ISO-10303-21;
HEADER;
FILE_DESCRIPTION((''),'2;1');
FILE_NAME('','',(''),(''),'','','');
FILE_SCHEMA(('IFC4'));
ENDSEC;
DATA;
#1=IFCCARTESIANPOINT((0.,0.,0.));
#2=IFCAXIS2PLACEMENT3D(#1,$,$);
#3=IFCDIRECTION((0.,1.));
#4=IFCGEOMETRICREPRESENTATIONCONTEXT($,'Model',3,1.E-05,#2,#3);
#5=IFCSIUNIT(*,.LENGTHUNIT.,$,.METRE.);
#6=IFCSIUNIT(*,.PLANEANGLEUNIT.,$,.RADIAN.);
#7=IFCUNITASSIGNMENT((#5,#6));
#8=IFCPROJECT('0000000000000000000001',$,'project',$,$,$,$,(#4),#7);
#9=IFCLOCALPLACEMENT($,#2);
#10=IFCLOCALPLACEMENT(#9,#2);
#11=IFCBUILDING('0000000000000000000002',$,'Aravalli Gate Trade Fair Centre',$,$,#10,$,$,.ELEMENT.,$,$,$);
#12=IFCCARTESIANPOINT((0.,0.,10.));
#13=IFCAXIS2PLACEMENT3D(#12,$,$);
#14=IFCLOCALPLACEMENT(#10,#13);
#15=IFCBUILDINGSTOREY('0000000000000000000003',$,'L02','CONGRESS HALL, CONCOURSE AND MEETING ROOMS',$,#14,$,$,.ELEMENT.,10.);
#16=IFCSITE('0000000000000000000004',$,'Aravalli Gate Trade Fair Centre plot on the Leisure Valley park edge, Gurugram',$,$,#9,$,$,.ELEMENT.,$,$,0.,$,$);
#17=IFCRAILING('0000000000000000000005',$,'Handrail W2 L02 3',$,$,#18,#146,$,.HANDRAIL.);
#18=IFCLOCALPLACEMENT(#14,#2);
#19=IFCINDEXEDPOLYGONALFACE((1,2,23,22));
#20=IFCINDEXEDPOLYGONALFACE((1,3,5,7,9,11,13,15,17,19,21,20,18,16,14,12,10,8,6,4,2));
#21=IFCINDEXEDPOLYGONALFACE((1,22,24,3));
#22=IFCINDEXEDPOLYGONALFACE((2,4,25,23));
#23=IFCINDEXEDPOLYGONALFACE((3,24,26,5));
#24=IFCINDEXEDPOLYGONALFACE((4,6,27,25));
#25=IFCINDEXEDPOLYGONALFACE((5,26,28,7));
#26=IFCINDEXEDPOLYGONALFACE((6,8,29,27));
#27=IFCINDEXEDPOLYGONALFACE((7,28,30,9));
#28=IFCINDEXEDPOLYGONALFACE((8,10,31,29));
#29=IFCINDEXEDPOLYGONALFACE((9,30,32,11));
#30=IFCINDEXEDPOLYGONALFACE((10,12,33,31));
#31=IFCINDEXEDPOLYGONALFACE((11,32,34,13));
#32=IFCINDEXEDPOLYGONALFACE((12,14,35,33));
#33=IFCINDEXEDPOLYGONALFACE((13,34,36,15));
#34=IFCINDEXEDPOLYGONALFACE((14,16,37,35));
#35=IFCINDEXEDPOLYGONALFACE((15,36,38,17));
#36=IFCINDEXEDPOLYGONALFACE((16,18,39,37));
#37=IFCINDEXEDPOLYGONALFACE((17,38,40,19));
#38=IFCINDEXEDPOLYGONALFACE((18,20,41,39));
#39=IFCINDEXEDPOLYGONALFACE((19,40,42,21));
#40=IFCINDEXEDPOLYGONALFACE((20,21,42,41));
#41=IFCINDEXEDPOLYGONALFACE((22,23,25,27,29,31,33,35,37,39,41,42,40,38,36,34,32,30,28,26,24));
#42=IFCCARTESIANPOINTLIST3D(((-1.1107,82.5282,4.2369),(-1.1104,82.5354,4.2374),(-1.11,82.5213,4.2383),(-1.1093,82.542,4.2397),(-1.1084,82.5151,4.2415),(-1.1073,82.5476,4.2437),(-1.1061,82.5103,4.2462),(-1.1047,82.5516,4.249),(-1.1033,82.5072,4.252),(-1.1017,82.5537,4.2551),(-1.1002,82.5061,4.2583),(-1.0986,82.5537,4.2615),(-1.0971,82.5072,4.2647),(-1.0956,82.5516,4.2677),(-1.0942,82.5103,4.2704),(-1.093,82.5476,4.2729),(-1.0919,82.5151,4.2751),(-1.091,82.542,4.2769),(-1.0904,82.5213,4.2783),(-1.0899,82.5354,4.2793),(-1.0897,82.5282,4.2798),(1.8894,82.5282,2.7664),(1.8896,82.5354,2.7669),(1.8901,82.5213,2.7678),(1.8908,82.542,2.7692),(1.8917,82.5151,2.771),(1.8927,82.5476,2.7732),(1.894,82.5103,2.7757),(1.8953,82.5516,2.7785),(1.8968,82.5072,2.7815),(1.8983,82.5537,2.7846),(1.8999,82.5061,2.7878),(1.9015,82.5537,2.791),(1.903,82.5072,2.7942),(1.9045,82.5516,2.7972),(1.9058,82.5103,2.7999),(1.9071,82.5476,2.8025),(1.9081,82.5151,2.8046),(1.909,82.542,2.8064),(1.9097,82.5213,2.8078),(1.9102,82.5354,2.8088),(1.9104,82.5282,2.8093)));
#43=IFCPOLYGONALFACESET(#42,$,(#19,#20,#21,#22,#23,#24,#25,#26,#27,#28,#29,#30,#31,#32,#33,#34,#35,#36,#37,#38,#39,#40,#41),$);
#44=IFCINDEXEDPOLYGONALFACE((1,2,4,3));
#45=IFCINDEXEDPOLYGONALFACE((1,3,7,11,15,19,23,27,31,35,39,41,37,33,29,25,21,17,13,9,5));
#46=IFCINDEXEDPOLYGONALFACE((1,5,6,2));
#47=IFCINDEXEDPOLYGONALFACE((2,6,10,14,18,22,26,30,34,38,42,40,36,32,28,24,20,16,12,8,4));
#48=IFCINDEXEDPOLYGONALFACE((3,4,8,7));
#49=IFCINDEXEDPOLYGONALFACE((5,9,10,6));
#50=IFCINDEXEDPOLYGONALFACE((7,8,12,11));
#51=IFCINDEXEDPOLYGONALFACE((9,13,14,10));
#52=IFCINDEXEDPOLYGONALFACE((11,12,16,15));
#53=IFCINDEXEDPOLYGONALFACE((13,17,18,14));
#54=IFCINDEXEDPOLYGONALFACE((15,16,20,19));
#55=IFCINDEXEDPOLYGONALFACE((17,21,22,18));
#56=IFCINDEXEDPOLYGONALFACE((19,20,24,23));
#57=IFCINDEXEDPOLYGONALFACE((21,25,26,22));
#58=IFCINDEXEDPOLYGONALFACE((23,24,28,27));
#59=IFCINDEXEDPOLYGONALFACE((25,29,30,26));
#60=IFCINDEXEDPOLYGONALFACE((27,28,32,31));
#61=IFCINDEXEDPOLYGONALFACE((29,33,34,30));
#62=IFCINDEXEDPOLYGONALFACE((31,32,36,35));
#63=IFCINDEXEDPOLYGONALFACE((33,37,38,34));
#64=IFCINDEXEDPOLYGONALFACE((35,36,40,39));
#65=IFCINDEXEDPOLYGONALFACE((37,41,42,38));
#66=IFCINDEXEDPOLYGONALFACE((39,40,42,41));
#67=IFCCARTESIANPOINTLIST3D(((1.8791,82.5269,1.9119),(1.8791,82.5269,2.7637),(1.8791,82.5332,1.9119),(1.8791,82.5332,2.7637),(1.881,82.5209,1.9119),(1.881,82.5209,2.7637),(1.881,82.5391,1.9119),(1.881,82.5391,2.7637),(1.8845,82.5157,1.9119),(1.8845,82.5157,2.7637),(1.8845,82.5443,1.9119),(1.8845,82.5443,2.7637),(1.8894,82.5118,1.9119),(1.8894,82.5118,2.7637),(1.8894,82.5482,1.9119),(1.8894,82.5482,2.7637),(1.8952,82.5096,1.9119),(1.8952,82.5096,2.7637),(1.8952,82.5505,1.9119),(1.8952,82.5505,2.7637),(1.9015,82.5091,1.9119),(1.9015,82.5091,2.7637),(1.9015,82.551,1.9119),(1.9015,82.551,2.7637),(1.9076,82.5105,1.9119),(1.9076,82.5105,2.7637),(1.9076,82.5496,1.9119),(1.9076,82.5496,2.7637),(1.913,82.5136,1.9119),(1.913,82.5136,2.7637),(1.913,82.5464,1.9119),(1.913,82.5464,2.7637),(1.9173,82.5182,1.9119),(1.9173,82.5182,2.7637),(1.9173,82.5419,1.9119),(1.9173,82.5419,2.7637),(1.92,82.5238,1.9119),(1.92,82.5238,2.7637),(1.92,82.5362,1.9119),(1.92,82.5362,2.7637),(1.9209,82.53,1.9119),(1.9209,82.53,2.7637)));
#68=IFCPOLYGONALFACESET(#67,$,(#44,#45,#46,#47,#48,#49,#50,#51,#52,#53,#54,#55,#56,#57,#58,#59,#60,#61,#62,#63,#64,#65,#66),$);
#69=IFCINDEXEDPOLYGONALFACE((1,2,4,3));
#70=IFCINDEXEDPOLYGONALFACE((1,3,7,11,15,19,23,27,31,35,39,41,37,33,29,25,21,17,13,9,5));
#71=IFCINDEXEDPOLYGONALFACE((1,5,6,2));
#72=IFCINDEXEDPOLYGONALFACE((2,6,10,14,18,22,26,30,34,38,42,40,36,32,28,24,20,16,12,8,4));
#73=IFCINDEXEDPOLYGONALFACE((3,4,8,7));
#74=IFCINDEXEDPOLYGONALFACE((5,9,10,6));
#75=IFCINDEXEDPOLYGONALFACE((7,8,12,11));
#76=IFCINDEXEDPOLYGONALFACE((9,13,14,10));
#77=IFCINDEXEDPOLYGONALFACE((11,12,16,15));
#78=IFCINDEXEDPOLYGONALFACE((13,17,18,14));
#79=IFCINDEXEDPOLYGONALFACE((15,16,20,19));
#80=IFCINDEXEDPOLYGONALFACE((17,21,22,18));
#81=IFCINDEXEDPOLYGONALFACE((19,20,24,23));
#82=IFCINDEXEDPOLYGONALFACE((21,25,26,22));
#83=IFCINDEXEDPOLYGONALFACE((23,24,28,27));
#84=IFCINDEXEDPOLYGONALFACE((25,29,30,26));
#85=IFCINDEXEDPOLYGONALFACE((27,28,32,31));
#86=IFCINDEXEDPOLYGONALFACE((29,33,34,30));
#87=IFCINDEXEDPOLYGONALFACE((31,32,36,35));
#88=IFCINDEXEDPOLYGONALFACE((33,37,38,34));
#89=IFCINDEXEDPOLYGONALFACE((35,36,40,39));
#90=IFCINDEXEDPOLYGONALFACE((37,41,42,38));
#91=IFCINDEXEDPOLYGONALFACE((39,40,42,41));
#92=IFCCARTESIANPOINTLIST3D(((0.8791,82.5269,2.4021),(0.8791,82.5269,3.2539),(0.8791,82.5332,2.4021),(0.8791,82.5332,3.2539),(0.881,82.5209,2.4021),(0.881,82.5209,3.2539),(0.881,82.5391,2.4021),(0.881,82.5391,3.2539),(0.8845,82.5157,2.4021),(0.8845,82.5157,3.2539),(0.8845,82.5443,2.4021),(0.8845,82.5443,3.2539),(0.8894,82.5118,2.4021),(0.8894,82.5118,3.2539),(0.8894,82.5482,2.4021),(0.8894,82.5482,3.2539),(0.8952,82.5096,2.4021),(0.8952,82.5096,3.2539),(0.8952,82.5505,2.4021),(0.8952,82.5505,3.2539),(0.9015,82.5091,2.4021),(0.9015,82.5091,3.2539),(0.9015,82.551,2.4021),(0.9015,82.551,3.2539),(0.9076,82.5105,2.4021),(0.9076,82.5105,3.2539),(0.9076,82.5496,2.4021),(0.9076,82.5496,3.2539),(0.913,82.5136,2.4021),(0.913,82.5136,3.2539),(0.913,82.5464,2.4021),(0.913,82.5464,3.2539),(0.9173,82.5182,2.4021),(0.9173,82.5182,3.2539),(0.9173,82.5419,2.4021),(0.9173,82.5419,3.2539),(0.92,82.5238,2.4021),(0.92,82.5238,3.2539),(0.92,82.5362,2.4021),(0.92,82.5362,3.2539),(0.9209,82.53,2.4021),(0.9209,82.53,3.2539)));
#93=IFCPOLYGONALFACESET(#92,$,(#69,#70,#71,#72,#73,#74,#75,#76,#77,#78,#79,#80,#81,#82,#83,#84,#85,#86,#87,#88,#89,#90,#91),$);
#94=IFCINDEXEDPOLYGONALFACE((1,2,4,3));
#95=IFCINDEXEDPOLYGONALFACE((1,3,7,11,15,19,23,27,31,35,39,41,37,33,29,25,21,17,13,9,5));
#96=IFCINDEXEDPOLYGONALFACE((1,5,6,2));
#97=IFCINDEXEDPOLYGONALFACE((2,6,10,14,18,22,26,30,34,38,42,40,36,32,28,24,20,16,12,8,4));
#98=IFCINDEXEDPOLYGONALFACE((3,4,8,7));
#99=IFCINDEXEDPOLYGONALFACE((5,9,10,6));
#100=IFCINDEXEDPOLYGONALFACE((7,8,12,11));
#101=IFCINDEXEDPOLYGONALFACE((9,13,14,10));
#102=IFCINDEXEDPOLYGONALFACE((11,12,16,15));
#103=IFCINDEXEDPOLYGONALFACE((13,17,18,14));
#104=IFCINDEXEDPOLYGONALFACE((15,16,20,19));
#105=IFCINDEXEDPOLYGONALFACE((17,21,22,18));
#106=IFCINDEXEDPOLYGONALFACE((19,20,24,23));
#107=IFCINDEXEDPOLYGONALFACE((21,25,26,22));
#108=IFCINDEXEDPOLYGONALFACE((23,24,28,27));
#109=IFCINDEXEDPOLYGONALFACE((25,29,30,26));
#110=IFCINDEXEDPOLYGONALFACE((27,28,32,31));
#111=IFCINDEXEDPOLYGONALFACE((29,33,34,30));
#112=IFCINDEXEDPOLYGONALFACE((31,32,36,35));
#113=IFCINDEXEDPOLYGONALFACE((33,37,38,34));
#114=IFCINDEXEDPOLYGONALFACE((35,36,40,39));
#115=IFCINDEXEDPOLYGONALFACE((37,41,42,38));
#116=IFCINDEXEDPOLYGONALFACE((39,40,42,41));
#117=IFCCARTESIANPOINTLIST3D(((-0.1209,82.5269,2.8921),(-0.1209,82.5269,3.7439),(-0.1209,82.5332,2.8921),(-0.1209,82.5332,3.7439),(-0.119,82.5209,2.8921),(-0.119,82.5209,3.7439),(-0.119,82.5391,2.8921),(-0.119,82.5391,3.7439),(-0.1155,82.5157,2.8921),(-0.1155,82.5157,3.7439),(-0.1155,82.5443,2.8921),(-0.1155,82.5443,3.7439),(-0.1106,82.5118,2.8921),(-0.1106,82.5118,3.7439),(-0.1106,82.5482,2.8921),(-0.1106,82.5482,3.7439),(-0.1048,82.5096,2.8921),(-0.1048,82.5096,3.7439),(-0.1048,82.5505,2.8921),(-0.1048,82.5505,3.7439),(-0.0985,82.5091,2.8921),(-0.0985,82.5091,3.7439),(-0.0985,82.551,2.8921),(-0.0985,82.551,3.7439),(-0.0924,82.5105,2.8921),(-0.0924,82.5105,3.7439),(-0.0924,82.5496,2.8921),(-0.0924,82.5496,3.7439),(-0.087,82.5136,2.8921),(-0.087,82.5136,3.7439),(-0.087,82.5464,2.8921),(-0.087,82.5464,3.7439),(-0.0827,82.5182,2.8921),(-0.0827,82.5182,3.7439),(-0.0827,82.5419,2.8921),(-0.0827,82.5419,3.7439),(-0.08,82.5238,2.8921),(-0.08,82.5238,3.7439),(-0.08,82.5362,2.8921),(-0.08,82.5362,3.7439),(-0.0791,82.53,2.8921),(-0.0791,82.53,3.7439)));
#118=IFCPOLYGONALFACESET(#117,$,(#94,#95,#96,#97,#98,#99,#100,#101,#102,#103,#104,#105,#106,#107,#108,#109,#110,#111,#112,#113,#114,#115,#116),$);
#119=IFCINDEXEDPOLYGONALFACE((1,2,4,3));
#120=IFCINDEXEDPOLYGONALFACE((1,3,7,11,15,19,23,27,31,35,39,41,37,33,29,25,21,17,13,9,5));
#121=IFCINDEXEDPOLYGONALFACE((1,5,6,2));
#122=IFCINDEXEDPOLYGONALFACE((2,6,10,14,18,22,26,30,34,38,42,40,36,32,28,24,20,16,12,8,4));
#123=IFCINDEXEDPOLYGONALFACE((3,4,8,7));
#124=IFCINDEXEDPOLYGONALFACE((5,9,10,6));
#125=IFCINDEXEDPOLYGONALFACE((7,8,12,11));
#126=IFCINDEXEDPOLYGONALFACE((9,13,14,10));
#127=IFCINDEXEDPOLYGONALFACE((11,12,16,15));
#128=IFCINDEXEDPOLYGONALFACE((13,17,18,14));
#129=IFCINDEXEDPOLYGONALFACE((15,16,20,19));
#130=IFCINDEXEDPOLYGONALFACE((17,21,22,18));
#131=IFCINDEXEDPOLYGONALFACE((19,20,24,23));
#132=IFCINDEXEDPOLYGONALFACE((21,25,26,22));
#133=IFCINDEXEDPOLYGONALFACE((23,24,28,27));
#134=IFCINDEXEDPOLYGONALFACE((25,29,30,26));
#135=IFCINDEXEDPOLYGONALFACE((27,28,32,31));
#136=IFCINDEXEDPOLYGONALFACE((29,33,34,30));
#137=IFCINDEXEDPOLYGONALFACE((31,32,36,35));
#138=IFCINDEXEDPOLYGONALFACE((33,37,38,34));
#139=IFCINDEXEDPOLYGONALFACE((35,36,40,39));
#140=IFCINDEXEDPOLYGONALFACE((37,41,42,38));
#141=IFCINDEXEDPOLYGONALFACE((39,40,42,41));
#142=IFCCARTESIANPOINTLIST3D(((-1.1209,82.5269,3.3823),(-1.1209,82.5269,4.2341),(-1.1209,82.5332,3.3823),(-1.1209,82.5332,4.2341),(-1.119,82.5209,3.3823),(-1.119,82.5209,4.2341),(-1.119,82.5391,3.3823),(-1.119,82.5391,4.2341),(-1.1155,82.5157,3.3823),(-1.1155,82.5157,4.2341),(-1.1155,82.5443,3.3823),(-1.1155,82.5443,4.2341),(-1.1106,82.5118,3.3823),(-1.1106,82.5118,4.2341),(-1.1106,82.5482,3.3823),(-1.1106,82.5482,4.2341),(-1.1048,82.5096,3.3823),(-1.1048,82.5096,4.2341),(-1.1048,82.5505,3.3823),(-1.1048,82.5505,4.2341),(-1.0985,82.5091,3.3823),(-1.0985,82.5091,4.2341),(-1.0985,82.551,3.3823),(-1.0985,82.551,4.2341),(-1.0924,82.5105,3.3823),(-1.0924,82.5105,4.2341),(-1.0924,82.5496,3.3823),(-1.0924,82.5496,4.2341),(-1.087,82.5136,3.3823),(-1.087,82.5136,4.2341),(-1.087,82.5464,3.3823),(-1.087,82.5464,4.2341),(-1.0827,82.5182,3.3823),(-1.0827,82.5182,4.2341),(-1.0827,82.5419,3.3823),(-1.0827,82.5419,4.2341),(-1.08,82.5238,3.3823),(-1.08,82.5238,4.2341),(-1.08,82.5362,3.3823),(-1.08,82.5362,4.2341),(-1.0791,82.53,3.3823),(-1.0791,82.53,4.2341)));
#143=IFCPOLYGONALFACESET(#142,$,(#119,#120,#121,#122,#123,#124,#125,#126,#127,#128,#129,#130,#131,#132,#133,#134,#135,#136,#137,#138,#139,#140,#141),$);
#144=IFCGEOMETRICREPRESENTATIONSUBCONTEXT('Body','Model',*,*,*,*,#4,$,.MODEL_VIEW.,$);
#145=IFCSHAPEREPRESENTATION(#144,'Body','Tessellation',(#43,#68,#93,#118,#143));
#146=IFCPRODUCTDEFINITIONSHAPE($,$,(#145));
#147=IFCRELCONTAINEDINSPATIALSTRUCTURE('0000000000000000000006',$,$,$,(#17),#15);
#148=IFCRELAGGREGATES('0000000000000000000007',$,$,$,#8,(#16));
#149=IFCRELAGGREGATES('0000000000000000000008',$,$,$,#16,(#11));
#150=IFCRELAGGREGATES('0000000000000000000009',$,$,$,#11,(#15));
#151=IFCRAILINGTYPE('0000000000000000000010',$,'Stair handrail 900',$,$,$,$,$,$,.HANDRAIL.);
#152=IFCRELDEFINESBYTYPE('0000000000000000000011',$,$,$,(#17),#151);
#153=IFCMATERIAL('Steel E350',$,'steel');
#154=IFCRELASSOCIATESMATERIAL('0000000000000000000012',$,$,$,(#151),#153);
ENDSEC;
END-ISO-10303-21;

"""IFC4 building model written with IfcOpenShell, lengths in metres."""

from ifc_helpers import new_model, si_unit, direction, frame, origin, origin_2d, place, context, subcontext, project, spatial, circle, extrude, material, type_object, element, save


model = new_model("IFC4")

# Units and contexts
model_context = context("Model", 3, precision=1e-05, world=origin(), true_north=direction((0.0, 1.0)))
body_context = subcontext(model_context, "Body", "Model", "MODEL_VIEW")
ifc_project = project(units=[si_unit("LENGTHUNIT", "METRE"), si_unit("PLANEANGLEUNIT", "RADIAN")], contexts=[model_context])

# Site, building, storey
site_placement = place(None, origin())
site = spatial("IfcSite", under=ifc_project, at=site_placement, Name="Aravalli Gate Trade Fair Centre plot on the Leisure Valley park edge, Gurugram", CompositionType="ELEMENT", RefElevation=0.0)
building_placement = place(site_placement, origin())
building = spatial("IfcBuilding", under=site, at=building_placement, Name="Aravalli Gate Trade Fair Centre", CompositionType="ELEMENT")
storey_placement = place(building_placement, frame((0.0, 0.0, 10.0)))
storey = spatial("IfcBuildingStorey", under=building, at=storey_placement, Name="L02", Description="CONGRESS HALL, CONCOURSE AND MEETING ROOMS", CompositionType="ELEMENT", Elevation=10.0)

# Railing
ifc_material_1 = material(Name="Steel E350", Category="steel")
railing_type_1 = type_object("IfcRailingType", Name="Stair handrail 900", PredefinedType="HANDRAIL", material=ifc_material_1)
for number, where, name in (
    (1, (1.8999, 82.53, 1.9119), "Handrail W2 L02 3"),
):
    element("IfcRailing", number, at=place(storey_placement, frame(where)), inside=storey, type_object=railing_type_1, Name=name, PredefinedType="HANDRAIL", context=body_context, shape_type="SweptSolid", body=[
        extrude(circle(Radius=0.0239, at=origin_2d()), frame((0.0, 0.0, 0.876), z_axis=(-0.897936, 0.0, 0.440126), x_axis=(0.0, -1.0, 0.0)), (0.0, 0.0, 1.0), 3.3411),
        extrude(circle(Radius=0.021, at=origin_2d()), origin(), (0.0, 0.0, 1.0), 0.8518),
        extrude(circle(Radius=0.021, at=origin_2d()), frame((-1.0, 0.0, 0.4902)), (0.0, 0.0, 1.0), 0.8518),
        extrude(circle(Radius=0.021, at=origin_2d()), frame((-2.0, 0.0, 0.9802)), (0.0, 0.0, 1.0), 0.8518),
        extrude(circle(Radius=0.021, at=origin_2d()), frame((-3.0, 0.0, 1.4705)), (0.0, 0.0, 1.0), 0.8518),
    ])

save(model, "model.ifc")
